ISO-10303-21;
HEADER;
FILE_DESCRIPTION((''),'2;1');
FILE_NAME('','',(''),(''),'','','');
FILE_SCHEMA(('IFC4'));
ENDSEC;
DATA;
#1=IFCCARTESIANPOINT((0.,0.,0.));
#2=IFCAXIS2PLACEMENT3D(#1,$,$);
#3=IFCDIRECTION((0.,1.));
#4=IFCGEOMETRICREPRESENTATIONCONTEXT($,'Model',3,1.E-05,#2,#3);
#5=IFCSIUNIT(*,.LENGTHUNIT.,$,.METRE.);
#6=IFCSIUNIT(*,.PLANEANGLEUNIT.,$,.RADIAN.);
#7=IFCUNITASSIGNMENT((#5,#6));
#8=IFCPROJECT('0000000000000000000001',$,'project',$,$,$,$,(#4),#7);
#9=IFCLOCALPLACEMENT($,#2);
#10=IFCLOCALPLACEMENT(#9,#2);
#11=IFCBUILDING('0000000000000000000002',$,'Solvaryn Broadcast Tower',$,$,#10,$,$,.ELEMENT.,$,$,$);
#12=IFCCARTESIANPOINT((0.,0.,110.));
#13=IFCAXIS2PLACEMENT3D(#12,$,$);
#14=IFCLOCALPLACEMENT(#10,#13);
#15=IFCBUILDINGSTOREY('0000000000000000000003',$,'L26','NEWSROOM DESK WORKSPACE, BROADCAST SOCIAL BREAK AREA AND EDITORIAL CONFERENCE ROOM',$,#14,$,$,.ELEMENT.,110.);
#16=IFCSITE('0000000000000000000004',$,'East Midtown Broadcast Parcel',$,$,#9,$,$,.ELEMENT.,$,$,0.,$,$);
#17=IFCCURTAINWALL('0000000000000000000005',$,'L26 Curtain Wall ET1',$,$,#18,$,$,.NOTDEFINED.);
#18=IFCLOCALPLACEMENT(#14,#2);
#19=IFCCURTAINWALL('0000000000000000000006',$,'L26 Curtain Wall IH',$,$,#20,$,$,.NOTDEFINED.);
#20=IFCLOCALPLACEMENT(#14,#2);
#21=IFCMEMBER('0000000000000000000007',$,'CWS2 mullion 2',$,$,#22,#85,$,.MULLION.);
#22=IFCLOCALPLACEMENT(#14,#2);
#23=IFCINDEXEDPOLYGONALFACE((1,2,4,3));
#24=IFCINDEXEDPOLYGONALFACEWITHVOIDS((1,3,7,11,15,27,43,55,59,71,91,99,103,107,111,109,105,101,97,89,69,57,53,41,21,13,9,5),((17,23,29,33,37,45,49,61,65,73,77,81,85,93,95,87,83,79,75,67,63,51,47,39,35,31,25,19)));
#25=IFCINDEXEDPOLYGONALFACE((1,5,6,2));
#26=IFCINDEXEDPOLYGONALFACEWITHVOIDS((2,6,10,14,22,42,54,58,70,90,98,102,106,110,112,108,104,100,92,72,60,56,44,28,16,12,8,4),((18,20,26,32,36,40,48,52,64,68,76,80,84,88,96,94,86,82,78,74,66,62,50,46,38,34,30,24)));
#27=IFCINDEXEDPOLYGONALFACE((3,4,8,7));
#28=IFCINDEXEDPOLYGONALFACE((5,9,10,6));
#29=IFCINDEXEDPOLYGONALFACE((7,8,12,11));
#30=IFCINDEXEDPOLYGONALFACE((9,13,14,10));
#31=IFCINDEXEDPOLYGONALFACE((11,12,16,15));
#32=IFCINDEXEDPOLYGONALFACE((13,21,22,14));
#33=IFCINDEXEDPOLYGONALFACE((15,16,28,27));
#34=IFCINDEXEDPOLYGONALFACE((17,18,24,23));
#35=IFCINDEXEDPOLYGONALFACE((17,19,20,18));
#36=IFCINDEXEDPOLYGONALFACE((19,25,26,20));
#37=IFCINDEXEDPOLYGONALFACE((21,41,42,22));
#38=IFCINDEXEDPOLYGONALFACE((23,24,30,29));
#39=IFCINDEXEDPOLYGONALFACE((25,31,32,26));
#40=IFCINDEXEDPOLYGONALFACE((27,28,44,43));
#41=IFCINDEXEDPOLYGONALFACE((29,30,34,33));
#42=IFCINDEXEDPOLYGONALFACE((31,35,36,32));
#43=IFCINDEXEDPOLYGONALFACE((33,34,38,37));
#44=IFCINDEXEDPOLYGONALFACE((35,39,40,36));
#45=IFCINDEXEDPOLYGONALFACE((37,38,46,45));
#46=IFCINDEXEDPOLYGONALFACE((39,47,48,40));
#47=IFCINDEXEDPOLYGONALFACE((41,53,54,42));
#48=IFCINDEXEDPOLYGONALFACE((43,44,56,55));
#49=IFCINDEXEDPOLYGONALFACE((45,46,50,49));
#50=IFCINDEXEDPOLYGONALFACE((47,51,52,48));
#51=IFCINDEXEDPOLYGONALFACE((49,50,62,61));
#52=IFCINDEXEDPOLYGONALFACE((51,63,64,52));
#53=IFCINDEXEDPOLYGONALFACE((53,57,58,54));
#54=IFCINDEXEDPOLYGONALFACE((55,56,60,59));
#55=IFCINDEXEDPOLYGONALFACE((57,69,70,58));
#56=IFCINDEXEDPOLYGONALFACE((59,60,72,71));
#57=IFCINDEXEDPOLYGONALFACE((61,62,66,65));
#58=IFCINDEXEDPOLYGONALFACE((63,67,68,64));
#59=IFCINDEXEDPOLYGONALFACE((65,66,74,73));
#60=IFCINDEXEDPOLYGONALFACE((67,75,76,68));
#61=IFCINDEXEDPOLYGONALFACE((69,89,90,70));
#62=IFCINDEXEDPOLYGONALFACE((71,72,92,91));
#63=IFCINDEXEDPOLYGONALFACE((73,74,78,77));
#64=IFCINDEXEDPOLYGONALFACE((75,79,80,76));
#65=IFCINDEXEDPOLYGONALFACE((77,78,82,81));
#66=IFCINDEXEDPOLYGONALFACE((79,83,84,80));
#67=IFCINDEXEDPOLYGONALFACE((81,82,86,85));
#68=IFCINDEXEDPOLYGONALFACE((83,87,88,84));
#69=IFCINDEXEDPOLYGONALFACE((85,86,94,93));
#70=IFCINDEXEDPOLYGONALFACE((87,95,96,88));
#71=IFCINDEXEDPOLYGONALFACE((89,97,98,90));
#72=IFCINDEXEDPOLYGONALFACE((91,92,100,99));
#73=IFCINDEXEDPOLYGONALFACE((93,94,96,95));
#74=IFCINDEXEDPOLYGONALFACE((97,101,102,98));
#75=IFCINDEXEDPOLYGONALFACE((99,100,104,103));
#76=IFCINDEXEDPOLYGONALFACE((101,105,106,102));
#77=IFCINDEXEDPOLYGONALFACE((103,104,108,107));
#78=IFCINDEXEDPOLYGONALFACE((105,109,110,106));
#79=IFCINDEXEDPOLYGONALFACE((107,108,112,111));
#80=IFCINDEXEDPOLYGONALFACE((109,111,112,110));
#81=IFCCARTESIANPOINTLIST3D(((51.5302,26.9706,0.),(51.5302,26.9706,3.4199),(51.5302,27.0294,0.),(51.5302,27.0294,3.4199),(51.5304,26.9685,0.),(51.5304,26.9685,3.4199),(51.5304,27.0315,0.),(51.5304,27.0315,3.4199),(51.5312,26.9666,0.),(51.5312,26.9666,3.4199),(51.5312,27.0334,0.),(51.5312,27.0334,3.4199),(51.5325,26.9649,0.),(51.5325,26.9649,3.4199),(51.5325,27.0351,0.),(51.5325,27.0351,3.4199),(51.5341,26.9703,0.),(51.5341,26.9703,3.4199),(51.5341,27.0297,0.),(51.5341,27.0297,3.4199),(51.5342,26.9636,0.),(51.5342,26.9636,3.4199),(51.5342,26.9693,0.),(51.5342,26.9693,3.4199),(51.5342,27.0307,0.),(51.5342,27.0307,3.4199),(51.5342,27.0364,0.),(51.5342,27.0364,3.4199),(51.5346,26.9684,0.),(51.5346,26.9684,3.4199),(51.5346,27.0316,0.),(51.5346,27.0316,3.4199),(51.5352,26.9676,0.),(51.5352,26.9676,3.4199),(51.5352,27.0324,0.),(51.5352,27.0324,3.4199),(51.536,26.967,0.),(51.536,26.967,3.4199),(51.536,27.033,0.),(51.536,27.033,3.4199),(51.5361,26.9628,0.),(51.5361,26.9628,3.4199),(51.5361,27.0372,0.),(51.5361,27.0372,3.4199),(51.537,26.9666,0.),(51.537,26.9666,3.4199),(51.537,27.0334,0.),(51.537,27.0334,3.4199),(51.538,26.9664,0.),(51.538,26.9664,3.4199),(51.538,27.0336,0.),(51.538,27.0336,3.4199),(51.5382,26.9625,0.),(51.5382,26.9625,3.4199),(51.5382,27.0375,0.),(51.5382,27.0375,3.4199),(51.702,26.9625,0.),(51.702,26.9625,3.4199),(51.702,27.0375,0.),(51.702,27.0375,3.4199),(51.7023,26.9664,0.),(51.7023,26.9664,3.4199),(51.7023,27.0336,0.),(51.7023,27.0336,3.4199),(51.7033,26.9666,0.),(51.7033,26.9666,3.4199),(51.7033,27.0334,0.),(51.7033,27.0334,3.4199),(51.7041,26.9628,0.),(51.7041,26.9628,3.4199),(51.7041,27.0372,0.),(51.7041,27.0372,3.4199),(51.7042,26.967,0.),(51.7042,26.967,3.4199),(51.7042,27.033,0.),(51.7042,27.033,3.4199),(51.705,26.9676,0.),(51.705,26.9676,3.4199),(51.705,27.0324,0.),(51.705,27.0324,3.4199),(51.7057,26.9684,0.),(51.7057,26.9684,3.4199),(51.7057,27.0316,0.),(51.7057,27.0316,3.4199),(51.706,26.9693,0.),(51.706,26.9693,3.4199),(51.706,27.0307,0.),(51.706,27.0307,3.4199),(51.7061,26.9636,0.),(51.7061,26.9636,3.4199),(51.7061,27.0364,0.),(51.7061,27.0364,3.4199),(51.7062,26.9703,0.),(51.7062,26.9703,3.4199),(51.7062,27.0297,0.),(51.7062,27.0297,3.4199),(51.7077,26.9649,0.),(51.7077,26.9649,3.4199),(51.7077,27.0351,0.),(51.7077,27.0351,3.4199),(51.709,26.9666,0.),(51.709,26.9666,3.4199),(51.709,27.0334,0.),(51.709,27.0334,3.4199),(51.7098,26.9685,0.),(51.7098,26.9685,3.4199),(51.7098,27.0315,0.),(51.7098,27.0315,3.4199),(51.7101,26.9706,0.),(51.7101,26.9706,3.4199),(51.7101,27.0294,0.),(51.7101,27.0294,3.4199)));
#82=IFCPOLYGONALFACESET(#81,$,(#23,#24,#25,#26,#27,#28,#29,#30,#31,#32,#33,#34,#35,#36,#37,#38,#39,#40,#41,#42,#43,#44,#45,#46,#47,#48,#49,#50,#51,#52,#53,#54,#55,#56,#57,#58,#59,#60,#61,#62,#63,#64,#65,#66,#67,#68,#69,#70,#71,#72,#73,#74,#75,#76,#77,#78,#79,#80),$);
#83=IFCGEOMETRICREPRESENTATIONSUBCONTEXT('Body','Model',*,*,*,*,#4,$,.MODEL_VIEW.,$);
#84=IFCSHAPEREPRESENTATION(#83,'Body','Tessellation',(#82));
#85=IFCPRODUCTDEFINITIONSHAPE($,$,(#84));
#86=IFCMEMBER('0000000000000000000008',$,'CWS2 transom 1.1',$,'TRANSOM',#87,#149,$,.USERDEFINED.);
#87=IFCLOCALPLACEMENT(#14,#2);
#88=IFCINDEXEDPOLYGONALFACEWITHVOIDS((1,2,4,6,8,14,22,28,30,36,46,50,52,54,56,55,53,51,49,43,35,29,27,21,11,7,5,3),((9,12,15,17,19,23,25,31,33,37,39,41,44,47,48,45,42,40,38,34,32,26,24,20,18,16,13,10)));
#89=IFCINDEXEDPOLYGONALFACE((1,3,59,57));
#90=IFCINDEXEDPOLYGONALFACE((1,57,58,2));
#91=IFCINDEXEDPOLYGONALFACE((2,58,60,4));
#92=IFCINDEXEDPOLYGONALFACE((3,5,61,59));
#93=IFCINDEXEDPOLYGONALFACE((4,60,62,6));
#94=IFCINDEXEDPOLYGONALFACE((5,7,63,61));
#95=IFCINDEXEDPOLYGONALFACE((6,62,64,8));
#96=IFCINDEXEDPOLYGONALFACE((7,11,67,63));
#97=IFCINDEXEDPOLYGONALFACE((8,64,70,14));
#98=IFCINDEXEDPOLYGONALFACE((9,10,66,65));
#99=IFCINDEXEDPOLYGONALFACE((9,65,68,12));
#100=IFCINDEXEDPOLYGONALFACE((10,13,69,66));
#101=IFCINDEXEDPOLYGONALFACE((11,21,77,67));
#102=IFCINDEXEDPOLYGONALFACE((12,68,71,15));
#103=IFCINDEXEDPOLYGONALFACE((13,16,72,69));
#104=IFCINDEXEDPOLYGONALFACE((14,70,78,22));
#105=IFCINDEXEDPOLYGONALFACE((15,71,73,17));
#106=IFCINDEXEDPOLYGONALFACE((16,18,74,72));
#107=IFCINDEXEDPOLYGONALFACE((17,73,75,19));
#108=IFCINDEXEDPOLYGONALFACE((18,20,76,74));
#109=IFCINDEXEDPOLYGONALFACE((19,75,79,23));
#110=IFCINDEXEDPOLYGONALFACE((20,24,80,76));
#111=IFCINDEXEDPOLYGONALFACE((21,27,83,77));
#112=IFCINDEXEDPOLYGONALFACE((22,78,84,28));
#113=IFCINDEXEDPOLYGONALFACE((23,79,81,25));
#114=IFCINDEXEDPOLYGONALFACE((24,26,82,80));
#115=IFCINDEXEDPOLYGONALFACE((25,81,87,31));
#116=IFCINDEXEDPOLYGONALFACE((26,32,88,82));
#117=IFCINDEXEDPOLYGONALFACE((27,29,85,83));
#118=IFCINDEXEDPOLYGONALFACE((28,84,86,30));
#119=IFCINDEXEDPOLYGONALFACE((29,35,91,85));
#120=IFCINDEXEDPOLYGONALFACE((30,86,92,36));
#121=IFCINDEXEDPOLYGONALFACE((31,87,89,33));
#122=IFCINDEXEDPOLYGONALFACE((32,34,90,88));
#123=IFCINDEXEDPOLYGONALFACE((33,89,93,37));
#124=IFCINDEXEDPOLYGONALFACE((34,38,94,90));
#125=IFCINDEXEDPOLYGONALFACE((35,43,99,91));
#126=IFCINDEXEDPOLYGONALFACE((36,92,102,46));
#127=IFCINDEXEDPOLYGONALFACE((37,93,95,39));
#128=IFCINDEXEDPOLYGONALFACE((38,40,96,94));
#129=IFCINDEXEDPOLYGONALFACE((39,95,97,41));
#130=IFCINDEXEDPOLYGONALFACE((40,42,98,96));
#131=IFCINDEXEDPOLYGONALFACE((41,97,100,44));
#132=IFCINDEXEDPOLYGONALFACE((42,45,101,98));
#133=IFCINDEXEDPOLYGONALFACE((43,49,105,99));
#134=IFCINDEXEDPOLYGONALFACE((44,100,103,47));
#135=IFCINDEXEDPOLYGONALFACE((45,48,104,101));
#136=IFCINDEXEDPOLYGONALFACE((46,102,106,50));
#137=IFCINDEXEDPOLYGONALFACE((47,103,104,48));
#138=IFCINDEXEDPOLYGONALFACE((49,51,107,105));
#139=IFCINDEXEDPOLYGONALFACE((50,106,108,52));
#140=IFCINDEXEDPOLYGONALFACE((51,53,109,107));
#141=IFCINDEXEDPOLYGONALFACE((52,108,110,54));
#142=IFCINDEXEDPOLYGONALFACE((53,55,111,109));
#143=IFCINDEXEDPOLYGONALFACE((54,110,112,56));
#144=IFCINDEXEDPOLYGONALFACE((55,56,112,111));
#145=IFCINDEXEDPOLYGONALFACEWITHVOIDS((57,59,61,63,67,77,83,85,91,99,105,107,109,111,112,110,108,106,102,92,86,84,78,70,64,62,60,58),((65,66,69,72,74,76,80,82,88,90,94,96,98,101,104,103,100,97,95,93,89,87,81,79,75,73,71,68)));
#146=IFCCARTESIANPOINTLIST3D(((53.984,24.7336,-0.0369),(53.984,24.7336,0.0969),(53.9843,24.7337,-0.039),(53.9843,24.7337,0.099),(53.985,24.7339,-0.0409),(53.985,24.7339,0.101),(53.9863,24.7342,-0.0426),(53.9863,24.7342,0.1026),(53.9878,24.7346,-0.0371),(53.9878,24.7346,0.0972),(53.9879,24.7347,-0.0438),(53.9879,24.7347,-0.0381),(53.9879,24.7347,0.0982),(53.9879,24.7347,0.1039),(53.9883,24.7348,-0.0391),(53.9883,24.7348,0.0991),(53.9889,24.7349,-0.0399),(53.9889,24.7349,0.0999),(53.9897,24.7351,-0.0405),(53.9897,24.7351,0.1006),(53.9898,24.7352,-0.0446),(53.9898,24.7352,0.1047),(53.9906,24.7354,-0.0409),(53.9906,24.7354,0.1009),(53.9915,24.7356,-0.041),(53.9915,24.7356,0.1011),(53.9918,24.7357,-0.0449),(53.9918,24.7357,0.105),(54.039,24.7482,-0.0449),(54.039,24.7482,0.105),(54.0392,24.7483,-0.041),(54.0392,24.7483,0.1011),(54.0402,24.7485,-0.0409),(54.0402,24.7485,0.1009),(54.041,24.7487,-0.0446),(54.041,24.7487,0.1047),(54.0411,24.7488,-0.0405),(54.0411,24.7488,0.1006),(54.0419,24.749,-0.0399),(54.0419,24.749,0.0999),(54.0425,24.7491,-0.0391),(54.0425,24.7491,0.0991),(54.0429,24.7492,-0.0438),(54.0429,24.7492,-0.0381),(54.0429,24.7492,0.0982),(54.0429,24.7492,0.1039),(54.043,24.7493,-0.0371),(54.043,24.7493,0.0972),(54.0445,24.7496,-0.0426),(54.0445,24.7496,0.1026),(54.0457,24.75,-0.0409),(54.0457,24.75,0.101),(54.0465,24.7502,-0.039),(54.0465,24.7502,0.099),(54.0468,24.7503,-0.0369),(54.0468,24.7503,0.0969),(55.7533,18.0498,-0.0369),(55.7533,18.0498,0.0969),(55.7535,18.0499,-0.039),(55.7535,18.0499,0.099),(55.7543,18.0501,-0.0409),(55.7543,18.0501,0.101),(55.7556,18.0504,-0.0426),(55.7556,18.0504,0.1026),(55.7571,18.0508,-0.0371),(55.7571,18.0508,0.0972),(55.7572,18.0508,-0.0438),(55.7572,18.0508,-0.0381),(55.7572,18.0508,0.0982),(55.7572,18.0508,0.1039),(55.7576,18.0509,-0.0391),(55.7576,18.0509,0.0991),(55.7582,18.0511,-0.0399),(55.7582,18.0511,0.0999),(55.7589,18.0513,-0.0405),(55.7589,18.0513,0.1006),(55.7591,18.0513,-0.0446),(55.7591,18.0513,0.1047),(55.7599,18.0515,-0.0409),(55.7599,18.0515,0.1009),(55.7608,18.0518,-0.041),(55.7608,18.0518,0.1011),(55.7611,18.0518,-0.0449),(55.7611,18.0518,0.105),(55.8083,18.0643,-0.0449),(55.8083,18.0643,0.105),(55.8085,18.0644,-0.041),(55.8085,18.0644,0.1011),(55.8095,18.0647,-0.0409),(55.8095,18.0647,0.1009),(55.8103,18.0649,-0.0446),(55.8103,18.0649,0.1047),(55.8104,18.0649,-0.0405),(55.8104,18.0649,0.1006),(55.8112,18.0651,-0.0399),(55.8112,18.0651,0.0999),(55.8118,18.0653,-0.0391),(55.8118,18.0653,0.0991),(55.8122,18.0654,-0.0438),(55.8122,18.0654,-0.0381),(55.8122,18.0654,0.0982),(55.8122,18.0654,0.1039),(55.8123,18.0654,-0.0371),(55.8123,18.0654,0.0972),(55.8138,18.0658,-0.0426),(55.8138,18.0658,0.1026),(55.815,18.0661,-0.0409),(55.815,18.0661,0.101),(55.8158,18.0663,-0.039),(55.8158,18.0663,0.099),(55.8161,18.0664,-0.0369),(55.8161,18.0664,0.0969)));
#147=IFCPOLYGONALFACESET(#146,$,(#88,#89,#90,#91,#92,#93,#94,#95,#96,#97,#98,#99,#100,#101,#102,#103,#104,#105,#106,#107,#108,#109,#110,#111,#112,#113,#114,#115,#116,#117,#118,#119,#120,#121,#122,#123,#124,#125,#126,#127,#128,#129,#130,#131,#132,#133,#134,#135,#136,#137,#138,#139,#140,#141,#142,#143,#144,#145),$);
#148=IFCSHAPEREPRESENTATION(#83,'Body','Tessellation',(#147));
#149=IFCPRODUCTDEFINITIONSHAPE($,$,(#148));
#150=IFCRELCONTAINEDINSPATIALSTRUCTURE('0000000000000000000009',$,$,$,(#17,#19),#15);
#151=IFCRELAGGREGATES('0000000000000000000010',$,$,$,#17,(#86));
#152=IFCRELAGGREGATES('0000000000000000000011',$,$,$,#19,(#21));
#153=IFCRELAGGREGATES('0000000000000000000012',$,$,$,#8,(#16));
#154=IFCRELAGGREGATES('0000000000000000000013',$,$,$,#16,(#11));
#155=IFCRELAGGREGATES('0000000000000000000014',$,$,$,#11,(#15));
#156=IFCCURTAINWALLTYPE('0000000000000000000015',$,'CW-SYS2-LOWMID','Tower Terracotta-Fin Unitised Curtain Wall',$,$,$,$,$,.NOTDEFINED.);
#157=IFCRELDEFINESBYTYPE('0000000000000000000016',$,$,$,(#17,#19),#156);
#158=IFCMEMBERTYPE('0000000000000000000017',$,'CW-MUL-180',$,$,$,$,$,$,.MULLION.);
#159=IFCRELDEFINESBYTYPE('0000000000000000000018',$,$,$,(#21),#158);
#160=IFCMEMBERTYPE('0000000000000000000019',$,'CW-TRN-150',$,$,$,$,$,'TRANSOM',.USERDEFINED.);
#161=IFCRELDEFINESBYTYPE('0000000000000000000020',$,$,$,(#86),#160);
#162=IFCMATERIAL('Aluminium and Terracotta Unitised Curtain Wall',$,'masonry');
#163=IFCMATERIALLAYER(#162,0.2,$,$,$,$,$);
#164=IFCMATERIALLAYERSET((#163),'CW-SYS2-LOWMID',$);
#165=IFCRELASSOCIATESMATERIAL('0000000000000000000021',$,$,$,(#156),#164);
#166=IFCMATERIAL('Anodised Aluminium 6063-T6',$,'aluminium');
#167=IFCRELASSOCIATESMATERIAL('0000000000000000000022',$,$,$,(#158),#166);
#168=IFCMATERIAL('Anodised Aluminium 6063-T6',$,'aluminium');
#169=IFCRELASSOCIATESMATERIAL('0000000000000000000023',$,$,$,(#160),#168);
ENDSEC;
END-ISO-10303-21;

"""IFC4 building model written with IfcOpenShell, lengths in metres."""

from ifc_helpers import new_model, si_unit, direction, frame, origin, origin_2d, place, context, subcontext, project, spatial, hollow_rectangle, extrude, material, layer, layer_set, material_profile, profile_set, type_object, element, aggregate, save


model = new_model("IFC4")

# Units and contexts
model_context = context("Model", 3, precision=1e-05, world=origin(), true_north=direction((0.0, 1.0)))
body_context = subcontext(model_context, "Body", "Model", "MODEL_VIEW")
ifc_project = project(units=[si_unit("LENGTHUNIT", "METRE"), si_unit("PLANEANGLEUNIT", "RADIAN")], contexts=[model_context])

# Site, building, storey
site_placement = place(None, origin())
site = spatial("IfcSite", under=ifc_project, at=site_placement, Name="East Midtown Broadcast Parcel", CompositionType="ELEMENT", RefElevation=0.0)
building_placement = place(site_placement, origin())
building = spatial("IfcBuilding", under=site, at=building_placement, Name="Solvaryn Broadcast Tower", CompositionType="ELEMENT")
storey_placement = place(building_placement, frame((0.0, 0.0, 110.0)))
storey = spatial("IfcBuildingStorey", under=building, at=storey_placement, Name="L26", Description="NEWSROOM DESK WORKSPACE, BROADCAST SOCIAL BREAK AREA AND EDITORIAL CONFERENCE ROOM", CompositionType="ELEMENT", Elevation=110.0)

# Curtain wall
ifc_material_1 = material(Name="Aluminium and Terracotta Unitised Curtain Wall", Category="masonry")
ifc_layer_1 = layer(ifc_material_1, 0.2)
ifc_layer_set_1 = layer_set([ifc_layer_1], Name="CW-SYS2-LOWMID")
curtain_wall_type = type_object("IfcCurtainWallType", Name="CW-SYS2-LOWMID", Description="Tower Terracotta-Fin Unitised Curtain Wall", PredefinedType="NOTDEFINED", material=ifc_layer_set_1)
curtain_wall_1_placement = place(storey_placement, origin())
curtain_wall_1 = element("IfcCurtainWall", 1, at=curtain_wall_1_placement, inside=storey, type_object=curtain_wall_type, Name="L26 Curtain Wall ET1", PredefinedType="NOTDEFINED")
ifc_material_2 = material(Name="Anodised Aluminium 6063-T6", Category="aluminium")
ifc_material_profile_1 = material_profile(ifc_material_2, hollow_rectangle(XDim=0.075, YDim=0.1799, WallThickness=0.0039, InnerFilletRadius=0.0039, OuterFilletRadius=0.0081, at=origin_2d()))
ifc_profile_set_1 = profile_set([ifc_material_profile_1], Name="Anodised Aluminium 6063-T6")
member_type_1 = type_object("IfcMemberType", Name="CW-MUL-180", PredefinedType="MULLION", material=ifc_profile_set_1)

# Curtain wall, member
curtain_wall_2_placement = place(storey_placement, origin())
curtain_wall_2 = element("IfcCurtainWall", 2, at=curtain_wall_2_placement, inside=storey, type_object=curtain_wall_type, Name="L26 Curtain Wall IH", PredefinedType="NOTDEFINED")
member_1_placement = place(storey_placement, frame((51.6201, 27.0, 0.0), z_axis=(0.0, 0.0, 1.0), x_axis=(0.0, 1.0, 0.0)))
member_1 = element("IfcMember", 3, at=member_1_placement, type_object=member_type_1, Name="CWS2 mullion 2", PredefinedType="MULLION", context=body_context, shape_type="SweptSolid", body=[
    extrude(hollow_rectangle(XDim=0.075, YDim=0.1799, WallThickness=0.0039, InnerFilletRadius=0.0039, OuterFilletRadius=0.0081, at=origin_2d()), origin(), (0.0, 0.0, 1.0), 3.4199),
])

# Member
ifc_material_3 = material(Name="Anodised Aluminium 6063-T6", Category="aluminium")
ifc_material_profile_2 = material_profile(ifc_material_3, hollow_rectangle(XDim=0.0649, YDim=0.1499, WallThickness=0.0039, InnerFilletRadius=0.0039, OuterFilletRadius=0.0081, at=origin_2d()))
ifc_profile_set_2 = profile_set([ifc_material_profile_2], Name="Anodised Aluminium 6063-T6")
member_type_2 = type_object("IfcMemberType", Name="CW-TRN-150", ElementType="TRANSOM", PredefinedType="USERDEFINED", material=ifc_profile_set_2)
member_2_placement = place(storey_placement, frame((54.0154, 24.7419, 0.03), z_axis=(0.255897, -0.966704, 0.0), x_axis=(0.966704, 0.255897, 0.0)))
member_2 = element("IfcMember", 4, at=member_2_placement, type_object=member_type_2, Name="CWS2 transom 1.1", ObjectType="TRANSOM", PredefinedType="USERDEFINED", context=body_context, shape_type="SweptSolid", body=[
    extrude(hollow_rectangle(XDim=0.0649, YDim=0.1499, WallThickness=0.0039, InnerFilletRadius=0.0039, OuterFilletRadius=0.0081, at=origin_2d()), origin(), (0.0, 0.0, 1.0), 6.9141),
])

aggregate(curtain_wall_1, [member_2])
aggregate(curtain_wall_2, [member_1])

save(model, "model.ifc")
